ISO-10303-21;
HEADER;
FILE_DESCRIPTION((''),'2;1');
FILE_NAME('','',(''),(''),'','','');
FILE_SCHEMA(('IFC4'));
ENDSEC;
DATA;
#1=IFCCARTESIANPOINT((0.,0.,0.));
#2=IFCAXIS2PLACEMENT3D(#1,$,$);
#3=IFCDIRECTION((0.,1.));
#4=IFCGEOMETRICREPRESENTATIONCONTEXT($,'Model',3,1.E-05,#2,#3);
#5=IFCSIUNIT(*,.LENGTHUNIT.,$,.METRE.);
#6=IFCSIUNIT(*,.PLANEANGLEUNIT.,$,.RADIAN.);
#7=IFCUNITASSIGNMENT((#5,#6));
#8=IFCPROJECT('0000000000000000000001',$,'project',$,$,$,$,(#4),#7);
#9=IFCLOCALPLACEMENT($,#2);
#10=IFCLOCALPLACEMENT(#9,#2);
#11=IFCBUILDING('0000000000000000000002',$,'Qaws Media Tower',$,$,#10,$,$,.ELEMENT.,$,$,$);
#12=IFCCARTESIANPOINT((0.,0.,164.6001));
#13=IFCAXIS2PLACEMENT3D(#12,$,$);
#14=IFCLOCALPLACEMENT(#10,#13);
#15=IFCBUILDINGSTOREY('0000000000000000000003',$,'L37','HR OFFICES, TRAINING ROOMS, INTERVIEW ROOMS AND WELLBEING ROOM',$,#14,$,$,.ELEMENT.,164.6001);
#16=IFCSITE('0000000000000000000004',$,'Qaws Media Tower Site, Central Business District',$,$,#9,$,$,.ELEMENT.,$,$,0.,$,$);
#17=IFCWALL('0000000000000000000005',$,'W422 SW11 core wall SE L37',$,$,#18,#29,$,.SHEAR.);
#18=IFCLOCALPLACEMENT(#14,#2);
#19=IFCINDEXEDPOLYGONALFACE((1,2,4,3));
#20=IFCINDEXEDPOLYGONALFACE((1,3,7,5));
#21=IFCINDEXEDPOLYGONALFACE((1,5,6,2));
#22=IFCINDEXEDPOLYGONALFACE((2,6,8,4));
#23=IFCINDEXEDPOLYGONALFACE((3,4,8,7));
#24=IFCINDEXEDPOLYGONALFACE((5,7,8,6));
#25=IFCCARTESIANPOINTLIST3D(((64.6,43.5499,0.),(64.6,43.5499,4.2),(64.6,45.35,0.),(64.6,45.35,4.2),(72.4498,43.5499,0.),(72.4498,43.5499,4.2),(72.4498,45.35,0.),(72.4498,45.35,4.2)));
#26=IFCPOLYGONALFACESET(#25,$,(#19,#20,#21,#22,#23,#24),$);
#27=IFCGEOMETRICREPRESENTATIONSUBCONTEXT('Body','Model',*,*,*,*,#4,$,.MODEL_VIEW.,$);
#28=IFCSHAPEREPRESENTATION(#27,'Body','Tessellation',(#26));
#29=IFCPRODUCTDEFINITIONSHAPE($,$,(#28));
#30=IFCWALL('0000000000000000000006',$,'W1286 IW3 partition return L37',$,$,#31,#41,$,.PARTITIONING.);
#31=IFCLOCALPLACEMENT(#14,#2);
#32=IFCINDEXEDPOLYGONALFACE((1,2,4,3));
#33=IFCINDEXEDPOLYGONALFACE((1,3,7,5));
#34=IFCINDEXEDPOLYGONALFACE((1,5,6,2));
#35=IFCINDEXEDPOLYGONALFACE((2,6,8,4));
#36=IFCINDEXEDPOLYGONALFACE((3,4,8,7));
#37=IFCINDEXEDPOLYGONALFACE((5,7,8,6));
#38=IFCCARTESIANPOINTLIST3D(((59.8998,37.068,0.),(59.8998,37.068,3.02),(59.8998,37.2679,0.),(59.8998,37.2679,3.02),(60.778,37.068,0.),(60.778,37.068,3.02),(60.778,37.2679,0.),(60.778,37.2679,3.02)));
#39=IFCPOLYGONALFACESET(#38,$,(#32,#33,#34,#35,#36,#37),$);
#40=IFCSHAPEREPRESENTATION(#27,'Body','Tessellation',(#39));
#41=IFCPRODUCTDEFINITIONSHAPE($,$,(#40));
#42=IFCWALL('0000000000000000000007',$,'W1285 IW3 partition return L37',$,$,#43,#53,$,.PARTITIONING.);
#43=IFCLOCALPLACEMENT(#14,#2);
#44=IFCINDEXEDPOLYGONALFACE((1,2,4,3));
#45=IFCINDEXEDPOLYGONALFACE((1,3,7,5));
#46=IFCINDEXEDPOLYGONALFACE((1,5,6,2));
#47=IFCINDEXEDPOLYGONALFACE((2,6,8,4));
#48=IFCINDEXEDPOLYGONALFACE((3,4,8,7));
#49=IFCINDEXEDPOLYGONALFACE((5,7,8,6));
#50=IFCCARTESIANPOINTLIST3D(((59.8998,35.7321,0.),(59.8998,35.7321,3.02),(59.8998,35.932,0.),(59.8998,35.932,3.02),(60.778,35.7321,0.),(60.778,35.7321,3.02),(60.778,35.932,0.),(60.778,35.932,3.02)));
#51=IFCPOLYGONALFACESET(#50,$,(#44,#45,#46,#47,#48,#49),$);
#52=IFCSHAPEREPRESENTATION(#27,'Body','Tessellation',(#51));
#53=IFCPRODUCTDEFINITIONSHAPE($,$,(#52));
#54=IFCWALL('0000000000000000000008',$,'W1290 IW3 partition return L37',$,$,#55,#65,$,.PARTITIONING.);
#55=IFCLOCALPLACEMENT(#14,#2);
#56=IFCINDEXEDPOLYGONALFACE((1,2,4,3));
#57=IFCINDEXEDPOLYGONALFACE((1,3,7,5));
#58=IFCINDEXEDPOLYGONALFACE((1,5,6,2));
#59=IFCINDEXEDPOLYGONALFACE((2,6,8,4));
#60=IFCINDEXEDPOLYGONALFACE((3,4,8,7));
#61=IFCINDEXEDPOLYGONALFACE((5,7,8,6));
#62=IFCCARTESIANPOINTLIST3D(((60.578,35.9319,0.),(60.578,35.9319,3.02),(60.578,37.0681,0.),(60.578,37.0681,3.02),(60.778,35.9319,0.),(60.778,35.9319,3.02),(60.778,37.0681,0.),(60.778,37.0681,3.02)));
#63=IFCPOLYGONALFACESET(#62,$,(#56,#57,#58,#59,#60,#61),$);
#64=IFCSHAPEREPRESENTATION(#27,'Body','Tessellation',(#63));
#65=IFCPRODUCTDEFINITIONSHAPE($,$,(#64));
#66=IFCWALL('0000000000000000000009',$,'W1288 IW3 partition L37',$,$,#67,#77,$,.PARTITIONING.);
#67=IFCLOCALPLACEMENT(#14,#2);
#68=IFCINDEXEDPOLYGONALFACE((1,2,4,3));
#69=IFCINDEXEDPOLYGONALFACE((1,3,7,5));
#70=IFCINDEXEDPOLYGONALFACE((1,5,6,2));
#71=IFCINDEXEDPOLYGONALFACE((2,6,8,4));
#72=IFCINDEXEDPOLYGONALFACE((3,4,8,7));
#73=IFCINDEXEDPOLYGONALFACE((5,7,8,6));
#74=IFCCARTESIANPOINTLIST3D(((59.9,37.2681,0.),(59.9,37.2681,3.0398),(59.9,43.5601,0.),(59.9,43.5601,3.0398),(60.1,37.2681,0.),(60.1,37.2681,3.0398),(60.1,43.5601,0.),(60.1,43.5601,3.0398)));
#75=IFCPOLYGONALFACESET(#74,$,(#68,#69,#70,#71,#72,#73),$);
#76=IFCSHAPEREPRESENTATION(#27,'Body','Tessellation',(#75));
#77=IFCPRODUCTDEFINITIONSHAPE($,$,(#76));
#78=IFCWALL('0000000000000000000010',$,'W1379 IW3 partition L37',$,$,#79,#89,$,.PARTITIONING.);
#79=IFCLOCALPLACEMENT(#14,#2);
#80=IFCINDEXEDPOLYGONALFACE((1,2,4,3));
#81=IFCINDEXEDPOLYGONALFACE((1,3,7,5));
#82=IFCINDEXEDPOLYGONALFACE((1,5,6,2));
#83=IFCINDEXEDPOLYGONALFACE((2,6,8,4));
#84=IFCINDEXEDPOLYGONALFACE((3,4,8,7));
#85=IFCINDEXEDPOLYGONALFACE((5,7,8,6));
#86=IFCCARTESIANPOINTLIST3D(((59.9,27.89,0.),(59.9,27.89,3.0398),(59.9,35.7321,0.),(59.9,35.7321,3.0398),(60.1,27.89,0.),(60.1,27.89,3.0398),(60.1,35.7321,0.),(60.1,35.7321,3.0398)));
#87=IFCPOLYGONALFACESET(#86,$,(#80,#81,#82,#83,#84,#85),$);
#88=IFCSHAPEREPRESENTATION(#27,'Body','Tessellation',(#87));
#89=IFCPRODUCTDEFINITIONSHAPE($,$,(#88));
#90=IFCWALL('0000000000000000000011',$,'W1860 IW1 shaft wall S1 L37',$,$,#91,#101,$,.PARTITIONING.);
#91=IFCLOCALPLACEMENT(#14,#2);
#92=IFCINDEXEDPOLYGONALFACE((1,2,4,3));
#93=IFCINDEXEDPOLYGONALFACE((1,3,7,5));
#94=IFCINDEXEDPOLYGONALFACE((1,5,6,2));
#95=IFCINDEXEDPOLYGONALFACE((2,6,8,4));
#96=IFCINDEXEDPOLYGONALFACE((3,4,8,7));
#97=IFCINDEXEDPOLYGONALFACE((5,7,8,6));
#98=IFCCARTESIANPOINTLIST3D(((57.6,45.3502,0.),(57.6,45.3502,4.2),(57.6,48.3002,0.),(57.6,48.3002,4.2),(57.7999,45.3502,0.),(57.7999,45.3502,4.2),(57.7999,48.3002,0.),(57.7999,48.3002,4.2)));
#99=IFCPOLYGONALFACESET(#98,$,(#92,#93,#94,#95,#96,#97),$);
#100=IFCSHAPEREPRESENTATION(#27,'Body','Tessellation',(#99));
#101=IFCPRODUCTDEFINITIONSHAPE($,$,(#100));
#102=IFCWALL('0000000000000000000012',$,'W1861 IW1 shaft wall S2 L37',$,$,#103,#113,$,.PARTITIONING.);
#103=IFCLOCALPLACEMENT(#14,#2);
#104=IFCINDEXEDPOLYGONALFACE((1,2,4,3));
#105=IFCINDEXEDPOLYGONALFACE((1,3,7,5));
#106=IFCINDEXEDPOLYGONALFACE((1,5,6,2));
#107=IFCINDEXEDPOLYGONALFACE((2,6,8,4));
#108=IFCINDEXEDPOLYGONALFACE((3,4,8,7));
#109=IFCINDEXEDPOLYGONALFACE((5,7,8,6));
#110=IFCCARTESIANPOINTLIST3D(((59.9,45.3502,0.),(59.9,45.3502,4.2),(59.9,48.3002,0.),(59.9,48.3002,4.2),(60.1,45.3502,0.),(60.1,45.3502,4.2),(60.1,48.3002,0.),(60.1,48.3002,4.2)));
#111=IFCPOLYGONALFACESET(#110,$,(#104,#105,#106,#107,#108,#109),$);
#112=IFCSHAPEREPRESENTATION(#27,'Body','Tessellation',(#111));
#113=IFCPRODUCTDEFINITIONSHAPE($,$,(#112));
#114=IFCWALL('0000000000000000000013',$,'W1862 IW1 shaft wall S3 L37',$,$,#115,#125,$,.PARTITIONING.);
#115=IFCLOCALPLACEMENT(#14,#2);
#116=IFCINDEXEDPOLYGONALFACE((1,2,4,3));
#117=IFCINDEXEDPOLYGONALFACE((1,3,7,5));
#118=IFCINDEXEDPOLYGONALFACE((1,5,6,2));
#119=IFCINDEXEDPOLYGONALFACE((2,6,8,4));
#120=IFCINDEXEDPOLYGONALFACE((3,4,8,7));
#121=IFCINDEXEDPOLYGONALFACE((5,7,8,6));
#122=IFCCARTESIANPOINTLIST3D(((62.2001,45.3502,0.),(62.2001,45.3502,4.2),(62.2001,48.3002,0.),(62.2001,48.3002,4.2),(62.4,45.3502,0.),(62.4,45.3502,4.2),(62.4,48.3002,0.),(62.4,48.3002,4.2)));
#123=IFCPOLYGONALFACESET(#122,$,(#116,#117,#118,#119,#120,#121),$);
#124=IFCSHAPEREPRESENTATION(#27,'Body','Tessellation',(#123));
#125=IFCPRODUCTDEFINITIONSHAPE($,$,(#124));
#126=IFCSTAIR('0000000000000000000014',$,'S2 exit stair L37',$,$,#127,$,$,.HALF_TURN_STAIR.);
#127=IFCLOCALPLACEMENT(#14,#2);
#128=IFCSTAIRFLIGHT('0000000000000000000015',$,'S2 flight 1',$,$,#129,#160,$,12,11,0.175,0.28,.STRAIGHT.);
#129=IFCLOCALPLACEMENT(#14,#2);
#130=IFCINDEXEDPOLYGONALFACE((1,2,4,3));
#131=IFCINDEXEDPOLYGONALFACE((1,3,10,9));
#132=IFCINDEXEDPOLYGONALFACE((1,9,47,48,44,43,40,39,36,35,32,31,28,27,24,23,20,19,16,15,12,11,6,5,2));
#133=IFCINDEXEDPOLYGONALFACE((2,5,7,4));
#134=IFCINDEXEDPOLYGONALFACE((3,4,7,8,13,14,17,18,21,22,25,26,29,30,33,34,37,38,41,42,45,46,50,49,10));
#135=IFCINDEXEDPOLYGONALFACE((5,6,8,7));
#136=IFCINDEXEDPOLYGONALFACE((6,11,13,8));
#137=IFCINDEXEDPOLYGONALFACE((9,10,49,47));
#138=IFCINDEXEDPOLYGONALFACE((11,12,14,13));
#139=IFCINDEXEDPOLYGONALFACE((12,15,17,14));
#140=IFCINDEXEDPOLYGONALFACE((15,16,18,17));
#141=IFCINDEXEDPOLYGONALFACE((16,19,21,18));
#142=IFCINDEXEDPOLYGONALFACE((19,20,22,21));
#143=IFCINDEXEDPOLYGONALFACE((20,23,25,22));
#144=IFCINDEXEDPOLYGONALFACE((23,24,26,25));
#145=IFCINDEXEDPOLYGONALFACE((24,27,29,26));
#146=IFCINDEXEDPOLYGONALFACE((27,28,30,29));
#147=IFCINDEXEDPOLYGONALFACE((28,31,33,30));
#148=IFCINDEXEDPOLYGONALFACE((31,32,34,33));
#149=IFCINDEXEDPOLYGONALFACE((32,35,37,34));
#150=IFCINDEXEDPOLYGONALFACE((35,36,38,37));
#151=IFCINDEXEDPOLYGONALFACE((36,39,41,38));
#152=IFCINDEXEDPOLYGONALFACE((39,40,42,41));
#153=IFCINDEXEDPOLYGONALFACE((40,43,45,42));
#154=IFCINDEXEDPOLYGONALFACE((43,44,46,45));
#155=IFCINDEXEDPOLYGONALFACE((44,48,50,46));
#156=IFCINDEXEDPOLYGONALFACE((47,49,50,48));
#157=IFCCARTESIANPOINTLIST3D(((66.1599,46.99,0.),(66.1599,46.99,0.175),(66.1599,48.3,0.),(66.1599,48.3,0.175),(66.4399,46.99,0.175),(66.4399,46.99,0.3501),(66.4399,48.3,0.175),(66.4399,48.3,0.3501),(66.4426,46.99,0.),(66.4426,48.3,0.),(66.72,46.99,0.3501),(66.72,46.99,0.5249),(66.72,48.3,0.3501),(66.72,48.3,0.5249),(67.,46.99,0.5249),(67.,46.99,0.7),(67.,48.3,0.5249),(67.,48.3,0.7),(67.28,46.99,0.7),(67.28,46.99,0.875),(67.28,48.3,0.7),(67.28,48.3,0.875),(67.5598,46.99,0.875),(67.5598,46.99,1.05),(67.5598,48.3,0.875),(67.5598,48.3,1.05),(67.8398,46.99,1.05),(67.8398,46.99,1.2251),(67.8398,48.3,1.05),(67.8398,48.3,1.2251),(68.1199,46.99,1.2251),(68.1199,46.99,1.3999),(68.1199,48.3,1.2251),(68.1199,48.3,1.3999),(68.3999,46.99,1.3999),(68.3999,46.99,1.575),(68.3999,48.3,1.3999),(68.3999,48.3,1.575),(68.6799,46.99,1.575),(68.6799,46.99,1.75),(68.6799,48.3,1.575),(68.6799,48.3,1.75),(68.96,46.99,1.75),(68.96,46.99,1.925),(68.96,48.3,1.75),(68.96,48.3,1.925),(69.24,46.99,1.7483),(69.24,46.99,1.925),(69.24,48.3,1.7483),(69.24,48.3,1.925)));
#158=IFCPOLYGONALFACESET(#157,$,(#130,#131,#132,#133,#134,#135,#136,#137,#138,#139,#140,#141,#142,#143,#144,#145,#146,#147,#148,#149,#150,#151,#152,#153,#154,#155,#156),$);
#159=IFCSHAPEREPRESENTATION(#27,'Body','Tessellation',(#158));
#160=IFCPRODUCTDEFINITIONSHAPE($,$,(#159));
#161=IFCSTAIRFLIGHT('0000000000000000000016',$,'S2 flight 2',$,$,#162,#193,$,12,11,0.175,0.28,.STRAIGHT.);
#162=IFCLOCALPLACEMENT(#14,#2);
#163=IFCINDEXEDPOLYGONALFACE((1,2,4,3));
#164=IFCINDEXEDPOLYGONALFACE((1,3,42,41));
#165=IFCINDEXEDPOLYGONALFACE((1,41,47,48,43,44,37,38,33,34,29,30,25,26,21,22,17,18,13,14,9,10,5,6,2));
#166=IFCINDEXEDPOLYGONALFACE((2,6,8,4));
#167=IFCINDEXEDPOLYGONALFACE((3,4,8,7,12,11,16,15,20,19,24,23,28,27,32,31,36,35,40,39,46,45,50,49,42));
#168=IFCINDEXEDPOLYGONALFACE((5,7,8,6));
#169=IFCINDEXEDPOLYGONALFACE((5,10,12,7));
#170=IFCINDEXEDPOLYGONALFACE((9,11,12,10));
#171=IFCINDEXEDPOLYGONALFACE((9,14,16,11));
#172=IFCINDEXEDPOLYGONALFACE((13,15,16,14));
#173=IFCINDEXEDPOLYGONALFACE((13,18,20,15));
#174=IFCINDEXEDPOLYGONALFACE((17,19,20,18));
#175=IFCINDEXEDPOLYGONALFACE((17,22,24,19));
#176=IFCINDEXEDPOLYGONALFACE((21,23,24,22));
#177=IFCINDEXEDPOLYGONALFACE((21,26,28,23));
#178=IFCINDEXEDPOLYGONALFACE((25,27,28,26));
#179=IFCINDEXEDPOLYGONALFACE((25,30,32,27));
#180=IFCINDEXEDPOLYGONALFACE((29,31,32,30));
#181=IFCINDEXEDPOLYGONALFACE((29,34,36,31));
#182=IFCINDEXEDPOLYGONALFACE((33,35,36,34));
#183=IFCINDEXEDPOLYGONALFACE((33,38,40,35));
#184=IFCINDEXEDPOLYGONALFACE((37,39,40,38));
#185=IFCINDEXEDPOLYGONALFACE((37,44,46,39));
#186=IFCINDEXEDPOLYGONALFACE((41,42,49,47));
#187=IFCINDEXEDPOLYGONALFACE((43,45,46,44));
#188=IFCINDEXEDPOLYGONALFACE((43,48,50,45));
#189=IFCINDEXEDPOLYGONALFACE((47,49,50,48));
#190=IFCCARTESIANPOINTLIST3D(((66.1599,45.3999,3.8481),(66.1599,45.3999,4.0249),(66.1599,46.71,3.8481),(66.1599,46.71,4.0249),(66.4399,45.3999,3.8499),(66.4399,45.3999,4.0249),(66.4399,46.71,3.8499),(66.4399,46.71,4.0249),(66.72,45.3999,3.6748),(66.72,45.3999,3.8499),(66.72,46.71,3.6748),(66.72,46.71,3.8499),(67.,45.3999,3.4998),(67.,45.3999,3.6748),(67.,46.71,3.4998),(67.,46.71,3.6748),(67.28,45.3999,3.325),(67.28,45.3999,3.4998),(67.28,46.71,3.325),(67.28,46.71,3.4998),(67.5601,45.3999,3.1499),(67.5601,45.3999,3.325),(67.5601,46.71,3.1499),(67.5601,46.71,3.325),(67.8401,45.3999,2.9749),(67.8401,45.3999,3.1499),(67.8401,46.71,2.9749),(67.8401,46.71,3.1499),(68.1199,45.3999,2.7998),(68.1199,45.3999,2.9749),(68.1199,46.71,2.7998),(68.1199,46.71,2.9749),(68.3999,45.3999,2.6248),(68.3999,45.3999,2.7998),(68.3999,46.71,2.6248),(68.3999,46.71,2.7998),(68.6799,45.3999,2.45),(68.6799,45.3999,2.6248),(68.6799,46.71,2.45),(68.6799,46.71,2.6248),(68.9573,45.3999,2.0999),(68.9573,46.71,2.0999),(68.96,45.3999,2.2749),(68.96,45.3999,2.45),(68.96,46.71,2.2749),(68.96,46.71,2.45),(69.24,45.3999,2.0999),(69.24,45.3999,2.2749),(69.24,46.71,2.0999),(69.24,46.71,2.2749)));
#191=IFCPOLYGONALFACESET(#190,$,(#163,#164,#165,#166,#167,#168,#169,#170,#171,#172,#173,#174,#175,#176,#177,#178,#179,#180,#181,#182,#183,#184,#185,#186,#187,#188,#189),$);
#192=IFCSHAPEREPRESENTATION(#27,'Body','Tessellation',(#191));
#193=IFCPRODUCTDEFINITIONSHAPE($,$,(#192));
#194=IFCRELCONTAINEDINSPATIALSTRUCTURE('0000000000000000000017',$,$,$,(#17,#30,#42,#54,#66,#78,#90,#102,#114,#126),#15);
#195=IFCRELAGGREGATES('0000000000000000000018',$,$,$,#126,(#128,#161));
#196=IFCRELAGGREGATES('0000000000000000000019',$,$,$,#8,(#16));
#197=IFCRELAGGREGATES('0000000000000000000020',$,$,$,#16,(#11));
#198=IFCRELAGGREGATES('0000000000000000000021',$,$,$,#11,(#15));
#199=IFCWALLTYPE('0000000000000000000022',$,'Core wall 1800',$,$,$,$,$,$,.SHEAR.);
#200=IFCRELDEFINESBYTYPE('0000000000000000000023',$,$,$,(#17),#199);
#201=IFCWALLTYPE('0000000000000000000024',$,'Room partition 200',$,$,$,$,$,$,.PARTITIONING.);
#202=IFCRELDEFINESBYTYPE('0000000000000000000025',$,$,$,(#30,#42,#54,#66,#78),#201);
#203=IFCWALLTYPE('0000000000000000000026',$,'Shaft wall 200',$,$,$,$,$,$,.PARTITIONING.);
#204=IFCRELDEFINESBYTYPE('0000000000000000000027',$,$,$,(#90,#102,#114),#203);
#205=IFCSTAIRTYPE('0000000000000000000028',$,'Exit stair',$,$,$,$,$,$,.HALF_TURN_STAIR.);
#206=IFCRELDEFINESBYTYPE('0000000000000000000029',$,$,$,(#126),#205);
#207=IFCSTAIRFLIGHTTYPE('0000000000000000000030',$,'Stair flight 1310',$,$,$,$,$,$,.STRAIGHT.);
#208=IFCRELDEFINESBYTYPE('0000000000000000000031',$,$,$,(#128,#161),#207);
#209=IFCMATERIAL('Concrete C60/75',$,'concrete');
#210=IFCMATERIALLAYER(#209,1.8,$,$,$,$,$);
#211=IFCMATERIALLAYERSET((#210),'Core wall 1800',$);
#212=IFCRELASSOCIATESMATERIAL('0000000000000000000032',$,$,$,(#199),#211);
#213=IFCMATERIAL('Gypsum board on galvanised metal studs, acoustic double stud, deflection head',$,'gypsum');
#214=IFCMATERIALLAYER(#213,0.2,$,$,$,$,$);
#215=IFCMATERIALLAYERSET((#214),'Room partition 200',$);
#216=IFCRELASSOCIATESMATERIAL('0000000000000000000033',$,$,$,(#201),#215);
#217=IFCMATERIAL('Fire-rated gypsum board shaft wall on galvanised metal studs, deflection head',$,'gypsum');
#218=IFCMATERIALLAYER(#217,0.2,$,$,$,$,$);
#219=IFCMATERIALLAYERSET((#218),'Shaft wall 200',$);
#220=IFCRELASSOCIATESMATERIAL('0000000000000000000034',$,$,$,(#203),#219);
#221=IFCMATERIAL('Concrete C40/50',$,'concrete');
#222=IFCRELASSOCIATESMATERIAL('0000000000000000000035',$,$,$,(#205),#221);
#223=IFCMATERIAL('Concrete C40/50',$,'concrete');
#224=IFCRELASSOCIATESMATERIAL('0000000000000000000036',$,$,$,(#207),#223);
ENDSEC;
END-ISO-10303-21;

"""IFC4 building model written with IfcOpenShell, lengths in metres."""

from ifc_helpers import new_model, si_unit, direction, frame, frame_2d, origin, place, context, subcontext, project, spatial, polyline, rectangle, outline, extrude, material, layer, layer_set, type_object, element, aggregate, save


model = new_model("IFC4")

# Units and contexts
model_context = context("Model", 3, precision=1e-05, world=origin(), true_north=direction((0.0, 1.0)))
body_context = subcontext(model_context, "Body", "Model", "MODEL_VIEW")
ifc_project = project(units=[si_unit("LENGTHUNIT", "METRE"), si_unit("PLANEANGLEUNIT", "RADIAN")], contexts=[model_context])

# Site, building, storey
site_placement = place(None, origin())
site = spatial("IfcSite", under=ifc_project, at=site_placement, Name="Qaws Media Tower Site, Central Business District", CompositionType="ELEMENT", RefElevation=0.0)
building_placement = place(site_placement, origin())
building = spatial("IfcBuilding", under=site, at=building_placement, Name="Qaws Media Tower", CompositionType="ELEMENT")
storey_placement = place(building_placement, frame((0.0, 0.0, 164.6001)))
storey = spatial("IfcBuildingStorey", under=building, at=storey_placement, Name="L37", Description="HR OFFICES, TRAINING ROOMS, INTERVIEW ROOMS AND WELLBEING ROOM", CompositionType="ELEMENT", Elevation=164.6001)

# Walls
ifc_material_1 = material(Name="Concrete C60/75", Category="concrete")
ifc_layer_1 = layer(ifc_material_1, 1.8)
ifc_layer_set_1 = layer_set([ifc_layer_1], Name="Core wall 1800")
wall_type_1 = type_object("IfcWallType", Name="Core wall 1800", PredefinedType="SHEAR", material=ifc_layer_set_1)
wall_1_placement = place(storey_placement, frame((64.6001, 44.45, 0.0), z_axis=(0.0, 0.0, 1.0), x_axis=(1.0, 0.0, 0.0)))
element("IfcWall", 1, at=wall_1_placement, inside=storey, type_object=wall_type_1, Name="W422 SW11 core wall SE L37", PredefinedType="SHEAR", context=body_context, shape_type="SweptSolid", body=[
    extrude(rectangle(XDim=7.8499, YDim=1.8, at=frame_2d((3.9248, 0.0))), origin(), (0.0, 0.0, 1.0), 4.2),
])
ifc_material_2 = material(Name="Gypsum board on galvanised metal studs, acoustic double stud, deflection head", Category="gypsum")
ifc_layer_2 = layer(ifc_material_2, 0.2)
ifc_layer_set_2 = layer_set([ifc_layer_2], Name="Room partition 200")
wall_type_2 = type_object("IfcWallType", Name="Room partition 200", PredefinedType="PARTITIONING", material=ifc_layer_set_2)
for number, where, z_axis, x_axis, name in (
    (2, (59.8999, 37.168, 0.0), (0.0, 0.0, 1.0), (1.0, 0.0, 0.0), "W1286 IW3 partition return L37"),
    (3, (59.8999, 35.832, 0.0), (0.0, 0.0, 1.0), (1.0, 0.0, 0.0), "W1285 IW3 partition return L37"),
):
    element("IfcWall", number, at=place(storey_placement, frame(where, z_axis=z_axis, x_axis=x_axis)), inside=storey, type_object=wall_type_2, Name=name, PredefinedType="PARTITIONING", context=body_context, shape_type="SweptSolid", body=[
        extrude(rectangle(XDim=0.8782, YDim=0.2, at=frame_2d((0.439, 0.0))), origin(), (0.0, 0.0, 1.0), 3.02),
    ])
wall_2_placement = place(storey_placement, frame((60.678, 37.0681, 0.0), z_axis=(0.0, 0.0, 1.0), x_axis=(0.0, -1.0, 0.0)))
element("IfcWall", 4, at=wall_2_placement, inside=storey, type_object=wall_type_2, Name="W1290 IW3 partition return L37", PredefinedType="PARTITIONING", context=body_context, shape_type="SweptSolid", body=[
    extrude(rectangle(XDim=1.1362, YDim=0.2, at=frame_2d((0.5681, 0.0))), origin(), (0.0, 0.0, 1.0), 3.02),
])
wall_3_placement = place(storey_placement, frame((60.0, 43.5601, 0.0), z_axis=(0.0, 0.0, 1.0), x_axis=(0.0, -1.0, 0.0)))
element("IfcWall", 5, at=wall_3_placement, inside=storey, type_object=wall_type_2, Name="W1288 IW3 partition L37", PredefinedType="PARTITIONING", context=body_context, shape_type="SweptSolid", body=[
    extrude(rectangle(XDim=6.292, YDim=0.2, at=frame_2d((3.146, 0.0))), origin(), (0.0, 0.0, 1.0), 3.0398),
])
wall_4_placement = place(storey_placement, frame((60.0, 35.7319, 0.0), z_axis=(0.0, 0.0, 1.0), x_axis=(0.0, -1.0, 0.0)))
element("IfcWall", 6, at=wall_4_placement, inside=storey, type_object=wall_type_2, Name="W1379 IW3 partition L37", PredefinedType="PARTITIONING", context=body_context, shape_type="SweptSolid", body=[
    extrude(rectangle(XDim=7.842, YDim=0.2, at=frame_2d((3.9209, 0.0))), origin(), (0.0, 0.0, 1.0), 3.0398),
])
ifc_material_3 = material(Name="Fire-rated gypsum board shaft wall on galvanised metal studs, deflection head", Category="gypsum")
ifc_layer_3 = layer(ifc_material_3, 0.2)
ifc_layer_set_3 = layer_set([ifc_layer_3], Name="Shaft wall 200")
wall_type_3 = type_object("IfcWallType", Name="Shaft wall 200", PredefinedType="PARTITIONING", material=ifc_layer_set_3)
for number, where, z_axis, x_axis, name in (
    (7, (57.7, 45.3501, 0.0), (0.0, 0.0, 1.0), (0.0, 1.0, 0.0), "W1860 IW1 shaft wall S1 L37"),
    (8, (60.0, 45.3501, 0.0), (0.0, 0.0, 1.0), (0.0, 1.0, 0.0), "W1861 IW1 shaft wall S2 L37"),
    (9, (62.3, 45.3501, 0.0), (0.0, 0.0, 1.0), (0.0, 1.0, 0.0), "W1862 IW1 shaft wall S3 L37"),
):
    element("IfcWall", number, at=place(storey_placement, frame(where, z_axis=z_axis, x_axis=x_axis)), inside=storey, type_object=wall_type_3, Name=name, PredefinedType="PARTITIONING", context=body_context, shape_type="SweptSolid", body=[
        extrude(rectangle(XDim=2.95, YDim=0.2, at=frame_2d((1.4751, 0.0))), origin(), (0.0, 0.0, 1.0), 4.2),
    ])

# Stair, stair flights
ifc_material_4 = material(Name="Concrete C40/50", Category="concrete")
stair_type = type_object("IfcStairType", Name="Exit stair", PredefinedType="HALF_TURN_STAIR", material=ifc_material_4)
stair_placement = place(storey_placement, origin())
stair = element("IfcStair", 10, at=stair_placement, inside=storey, type_object=stair_type, Name="S2 exit stair L37", PredefinedType="HALF_TURN_STAIR")
ifc_material_5 = material(Name="Concrete C40/50", Category="concrete")
stair_flight_type = type_object("IfcStairFlightType", Name="Stair flight 1310", PredefinedType="STRAIGHT", material=ifc_material_5)
stair_flight_1_placement = place(storey_placement, frame((66.1599, 47.645, 0.0), z_axis=(0.0, 0.0, 1.0), x_axis=(1.0, 0.0, 0.0)))
stair_flight_1 = element("IfcStairFlight", 11, at=stair_flight_1_placement, type_object=stair_flight_type, Name="S2 flight 1", NumberOfRisers=12, NumberOfTreads=11, PredefinedType="STRAIGHT", RiserHeight=0.175, TreadLength=0.28, context=body_context, shape_type="SweptSolid", body=[
    extrude(outline(polyline([(0.0, 0.0), (0.0, 0.175), (0.28, 0.175), (0.28, 0.3501), (0.5601, 0.3501), (0.5601, 0.5249), (0.8401, 0.5249), (0.8401, 0.7), (1.1201, 0.7), (1.1201, 0.875), (1.3999, 0.875), (1.3999, 1.05), (1.6799, 1.05), (1.6799, 1.2251), (1.96, 1.2251), (1.96, 1.3999), (2.24, 1.3999), (2.24, 1.575), (2.52, 1.575), (2.52, 1.75), (2.8, 1.75), (2.8, 1.925), (3.0801, 1.925), (3.0801, 2.1001), (3.0801, 1.7483), (0.2827, 0.0), (0.0, 0.0)])), frame((0.0, 0.655, 0.0), z_axis=(0.0, -1.0, 0.0), x_axis=(1.0, 0.0, 0.0)), (0.0, 0.0, 1.0), 1.3101),
])
stair_flight_2_placement = place(storey_placement, frame((69.24, 46.0549, 2.0999), z_axis=(0.0, 0.0, 1.0), x_axis=(-1.0, 0.0, 0.0)))
stair_flight_2 = element("IfcStairFlight", 12, at=stair_flight_2_placement, type_object=stair_flight_type, Name="S2 flight 2", NumberOfRisers=12, NumberOfTreads=11, PredefinedType="STRAIGHT", RiserHeight=0.175, TreadLength=0.28, context=body_context, shape_type="SweptSolid", body=[
    extrude(outline(polyline([(0.0, 0.0), (0.0, 0.175), (0.28, 0.175), (0.28, 0.3501), (0.5601, 0.3501), (0.5601, 0.5249), (0.8401, 0.5249), (0.8401, 0.7), (1.1201, 0.7), (1.1201, 0.875), (1.3999, 0.875), (1.3999, 1.05), (1.6799, 1.05), (1.6799, 1.2251), (1.96, 1.2251), (1.96, 1.3999), (2.24, 1.3999), (2.24, 1.575), (2.52, 1.575), (2.52, 1.75), (2.8, 1.75), (2.8, 1.925), (3.0801, 1.925), (3.0801, 2.1001), (3.0801, 1.7483), (0.2827, 0.0), (0.0, 0.0)])), frame((0.0, 0.655, 0.0), z_axis=(0.0, -1.0, 0.0), x_axis=(1.0, 0.0, 0.0)), (0.0, 0.0, 1.0), 1.3101),
])
aggregate(stair, [stair_flight_1, stair_flight_2])

save(model, "model.ifc")
